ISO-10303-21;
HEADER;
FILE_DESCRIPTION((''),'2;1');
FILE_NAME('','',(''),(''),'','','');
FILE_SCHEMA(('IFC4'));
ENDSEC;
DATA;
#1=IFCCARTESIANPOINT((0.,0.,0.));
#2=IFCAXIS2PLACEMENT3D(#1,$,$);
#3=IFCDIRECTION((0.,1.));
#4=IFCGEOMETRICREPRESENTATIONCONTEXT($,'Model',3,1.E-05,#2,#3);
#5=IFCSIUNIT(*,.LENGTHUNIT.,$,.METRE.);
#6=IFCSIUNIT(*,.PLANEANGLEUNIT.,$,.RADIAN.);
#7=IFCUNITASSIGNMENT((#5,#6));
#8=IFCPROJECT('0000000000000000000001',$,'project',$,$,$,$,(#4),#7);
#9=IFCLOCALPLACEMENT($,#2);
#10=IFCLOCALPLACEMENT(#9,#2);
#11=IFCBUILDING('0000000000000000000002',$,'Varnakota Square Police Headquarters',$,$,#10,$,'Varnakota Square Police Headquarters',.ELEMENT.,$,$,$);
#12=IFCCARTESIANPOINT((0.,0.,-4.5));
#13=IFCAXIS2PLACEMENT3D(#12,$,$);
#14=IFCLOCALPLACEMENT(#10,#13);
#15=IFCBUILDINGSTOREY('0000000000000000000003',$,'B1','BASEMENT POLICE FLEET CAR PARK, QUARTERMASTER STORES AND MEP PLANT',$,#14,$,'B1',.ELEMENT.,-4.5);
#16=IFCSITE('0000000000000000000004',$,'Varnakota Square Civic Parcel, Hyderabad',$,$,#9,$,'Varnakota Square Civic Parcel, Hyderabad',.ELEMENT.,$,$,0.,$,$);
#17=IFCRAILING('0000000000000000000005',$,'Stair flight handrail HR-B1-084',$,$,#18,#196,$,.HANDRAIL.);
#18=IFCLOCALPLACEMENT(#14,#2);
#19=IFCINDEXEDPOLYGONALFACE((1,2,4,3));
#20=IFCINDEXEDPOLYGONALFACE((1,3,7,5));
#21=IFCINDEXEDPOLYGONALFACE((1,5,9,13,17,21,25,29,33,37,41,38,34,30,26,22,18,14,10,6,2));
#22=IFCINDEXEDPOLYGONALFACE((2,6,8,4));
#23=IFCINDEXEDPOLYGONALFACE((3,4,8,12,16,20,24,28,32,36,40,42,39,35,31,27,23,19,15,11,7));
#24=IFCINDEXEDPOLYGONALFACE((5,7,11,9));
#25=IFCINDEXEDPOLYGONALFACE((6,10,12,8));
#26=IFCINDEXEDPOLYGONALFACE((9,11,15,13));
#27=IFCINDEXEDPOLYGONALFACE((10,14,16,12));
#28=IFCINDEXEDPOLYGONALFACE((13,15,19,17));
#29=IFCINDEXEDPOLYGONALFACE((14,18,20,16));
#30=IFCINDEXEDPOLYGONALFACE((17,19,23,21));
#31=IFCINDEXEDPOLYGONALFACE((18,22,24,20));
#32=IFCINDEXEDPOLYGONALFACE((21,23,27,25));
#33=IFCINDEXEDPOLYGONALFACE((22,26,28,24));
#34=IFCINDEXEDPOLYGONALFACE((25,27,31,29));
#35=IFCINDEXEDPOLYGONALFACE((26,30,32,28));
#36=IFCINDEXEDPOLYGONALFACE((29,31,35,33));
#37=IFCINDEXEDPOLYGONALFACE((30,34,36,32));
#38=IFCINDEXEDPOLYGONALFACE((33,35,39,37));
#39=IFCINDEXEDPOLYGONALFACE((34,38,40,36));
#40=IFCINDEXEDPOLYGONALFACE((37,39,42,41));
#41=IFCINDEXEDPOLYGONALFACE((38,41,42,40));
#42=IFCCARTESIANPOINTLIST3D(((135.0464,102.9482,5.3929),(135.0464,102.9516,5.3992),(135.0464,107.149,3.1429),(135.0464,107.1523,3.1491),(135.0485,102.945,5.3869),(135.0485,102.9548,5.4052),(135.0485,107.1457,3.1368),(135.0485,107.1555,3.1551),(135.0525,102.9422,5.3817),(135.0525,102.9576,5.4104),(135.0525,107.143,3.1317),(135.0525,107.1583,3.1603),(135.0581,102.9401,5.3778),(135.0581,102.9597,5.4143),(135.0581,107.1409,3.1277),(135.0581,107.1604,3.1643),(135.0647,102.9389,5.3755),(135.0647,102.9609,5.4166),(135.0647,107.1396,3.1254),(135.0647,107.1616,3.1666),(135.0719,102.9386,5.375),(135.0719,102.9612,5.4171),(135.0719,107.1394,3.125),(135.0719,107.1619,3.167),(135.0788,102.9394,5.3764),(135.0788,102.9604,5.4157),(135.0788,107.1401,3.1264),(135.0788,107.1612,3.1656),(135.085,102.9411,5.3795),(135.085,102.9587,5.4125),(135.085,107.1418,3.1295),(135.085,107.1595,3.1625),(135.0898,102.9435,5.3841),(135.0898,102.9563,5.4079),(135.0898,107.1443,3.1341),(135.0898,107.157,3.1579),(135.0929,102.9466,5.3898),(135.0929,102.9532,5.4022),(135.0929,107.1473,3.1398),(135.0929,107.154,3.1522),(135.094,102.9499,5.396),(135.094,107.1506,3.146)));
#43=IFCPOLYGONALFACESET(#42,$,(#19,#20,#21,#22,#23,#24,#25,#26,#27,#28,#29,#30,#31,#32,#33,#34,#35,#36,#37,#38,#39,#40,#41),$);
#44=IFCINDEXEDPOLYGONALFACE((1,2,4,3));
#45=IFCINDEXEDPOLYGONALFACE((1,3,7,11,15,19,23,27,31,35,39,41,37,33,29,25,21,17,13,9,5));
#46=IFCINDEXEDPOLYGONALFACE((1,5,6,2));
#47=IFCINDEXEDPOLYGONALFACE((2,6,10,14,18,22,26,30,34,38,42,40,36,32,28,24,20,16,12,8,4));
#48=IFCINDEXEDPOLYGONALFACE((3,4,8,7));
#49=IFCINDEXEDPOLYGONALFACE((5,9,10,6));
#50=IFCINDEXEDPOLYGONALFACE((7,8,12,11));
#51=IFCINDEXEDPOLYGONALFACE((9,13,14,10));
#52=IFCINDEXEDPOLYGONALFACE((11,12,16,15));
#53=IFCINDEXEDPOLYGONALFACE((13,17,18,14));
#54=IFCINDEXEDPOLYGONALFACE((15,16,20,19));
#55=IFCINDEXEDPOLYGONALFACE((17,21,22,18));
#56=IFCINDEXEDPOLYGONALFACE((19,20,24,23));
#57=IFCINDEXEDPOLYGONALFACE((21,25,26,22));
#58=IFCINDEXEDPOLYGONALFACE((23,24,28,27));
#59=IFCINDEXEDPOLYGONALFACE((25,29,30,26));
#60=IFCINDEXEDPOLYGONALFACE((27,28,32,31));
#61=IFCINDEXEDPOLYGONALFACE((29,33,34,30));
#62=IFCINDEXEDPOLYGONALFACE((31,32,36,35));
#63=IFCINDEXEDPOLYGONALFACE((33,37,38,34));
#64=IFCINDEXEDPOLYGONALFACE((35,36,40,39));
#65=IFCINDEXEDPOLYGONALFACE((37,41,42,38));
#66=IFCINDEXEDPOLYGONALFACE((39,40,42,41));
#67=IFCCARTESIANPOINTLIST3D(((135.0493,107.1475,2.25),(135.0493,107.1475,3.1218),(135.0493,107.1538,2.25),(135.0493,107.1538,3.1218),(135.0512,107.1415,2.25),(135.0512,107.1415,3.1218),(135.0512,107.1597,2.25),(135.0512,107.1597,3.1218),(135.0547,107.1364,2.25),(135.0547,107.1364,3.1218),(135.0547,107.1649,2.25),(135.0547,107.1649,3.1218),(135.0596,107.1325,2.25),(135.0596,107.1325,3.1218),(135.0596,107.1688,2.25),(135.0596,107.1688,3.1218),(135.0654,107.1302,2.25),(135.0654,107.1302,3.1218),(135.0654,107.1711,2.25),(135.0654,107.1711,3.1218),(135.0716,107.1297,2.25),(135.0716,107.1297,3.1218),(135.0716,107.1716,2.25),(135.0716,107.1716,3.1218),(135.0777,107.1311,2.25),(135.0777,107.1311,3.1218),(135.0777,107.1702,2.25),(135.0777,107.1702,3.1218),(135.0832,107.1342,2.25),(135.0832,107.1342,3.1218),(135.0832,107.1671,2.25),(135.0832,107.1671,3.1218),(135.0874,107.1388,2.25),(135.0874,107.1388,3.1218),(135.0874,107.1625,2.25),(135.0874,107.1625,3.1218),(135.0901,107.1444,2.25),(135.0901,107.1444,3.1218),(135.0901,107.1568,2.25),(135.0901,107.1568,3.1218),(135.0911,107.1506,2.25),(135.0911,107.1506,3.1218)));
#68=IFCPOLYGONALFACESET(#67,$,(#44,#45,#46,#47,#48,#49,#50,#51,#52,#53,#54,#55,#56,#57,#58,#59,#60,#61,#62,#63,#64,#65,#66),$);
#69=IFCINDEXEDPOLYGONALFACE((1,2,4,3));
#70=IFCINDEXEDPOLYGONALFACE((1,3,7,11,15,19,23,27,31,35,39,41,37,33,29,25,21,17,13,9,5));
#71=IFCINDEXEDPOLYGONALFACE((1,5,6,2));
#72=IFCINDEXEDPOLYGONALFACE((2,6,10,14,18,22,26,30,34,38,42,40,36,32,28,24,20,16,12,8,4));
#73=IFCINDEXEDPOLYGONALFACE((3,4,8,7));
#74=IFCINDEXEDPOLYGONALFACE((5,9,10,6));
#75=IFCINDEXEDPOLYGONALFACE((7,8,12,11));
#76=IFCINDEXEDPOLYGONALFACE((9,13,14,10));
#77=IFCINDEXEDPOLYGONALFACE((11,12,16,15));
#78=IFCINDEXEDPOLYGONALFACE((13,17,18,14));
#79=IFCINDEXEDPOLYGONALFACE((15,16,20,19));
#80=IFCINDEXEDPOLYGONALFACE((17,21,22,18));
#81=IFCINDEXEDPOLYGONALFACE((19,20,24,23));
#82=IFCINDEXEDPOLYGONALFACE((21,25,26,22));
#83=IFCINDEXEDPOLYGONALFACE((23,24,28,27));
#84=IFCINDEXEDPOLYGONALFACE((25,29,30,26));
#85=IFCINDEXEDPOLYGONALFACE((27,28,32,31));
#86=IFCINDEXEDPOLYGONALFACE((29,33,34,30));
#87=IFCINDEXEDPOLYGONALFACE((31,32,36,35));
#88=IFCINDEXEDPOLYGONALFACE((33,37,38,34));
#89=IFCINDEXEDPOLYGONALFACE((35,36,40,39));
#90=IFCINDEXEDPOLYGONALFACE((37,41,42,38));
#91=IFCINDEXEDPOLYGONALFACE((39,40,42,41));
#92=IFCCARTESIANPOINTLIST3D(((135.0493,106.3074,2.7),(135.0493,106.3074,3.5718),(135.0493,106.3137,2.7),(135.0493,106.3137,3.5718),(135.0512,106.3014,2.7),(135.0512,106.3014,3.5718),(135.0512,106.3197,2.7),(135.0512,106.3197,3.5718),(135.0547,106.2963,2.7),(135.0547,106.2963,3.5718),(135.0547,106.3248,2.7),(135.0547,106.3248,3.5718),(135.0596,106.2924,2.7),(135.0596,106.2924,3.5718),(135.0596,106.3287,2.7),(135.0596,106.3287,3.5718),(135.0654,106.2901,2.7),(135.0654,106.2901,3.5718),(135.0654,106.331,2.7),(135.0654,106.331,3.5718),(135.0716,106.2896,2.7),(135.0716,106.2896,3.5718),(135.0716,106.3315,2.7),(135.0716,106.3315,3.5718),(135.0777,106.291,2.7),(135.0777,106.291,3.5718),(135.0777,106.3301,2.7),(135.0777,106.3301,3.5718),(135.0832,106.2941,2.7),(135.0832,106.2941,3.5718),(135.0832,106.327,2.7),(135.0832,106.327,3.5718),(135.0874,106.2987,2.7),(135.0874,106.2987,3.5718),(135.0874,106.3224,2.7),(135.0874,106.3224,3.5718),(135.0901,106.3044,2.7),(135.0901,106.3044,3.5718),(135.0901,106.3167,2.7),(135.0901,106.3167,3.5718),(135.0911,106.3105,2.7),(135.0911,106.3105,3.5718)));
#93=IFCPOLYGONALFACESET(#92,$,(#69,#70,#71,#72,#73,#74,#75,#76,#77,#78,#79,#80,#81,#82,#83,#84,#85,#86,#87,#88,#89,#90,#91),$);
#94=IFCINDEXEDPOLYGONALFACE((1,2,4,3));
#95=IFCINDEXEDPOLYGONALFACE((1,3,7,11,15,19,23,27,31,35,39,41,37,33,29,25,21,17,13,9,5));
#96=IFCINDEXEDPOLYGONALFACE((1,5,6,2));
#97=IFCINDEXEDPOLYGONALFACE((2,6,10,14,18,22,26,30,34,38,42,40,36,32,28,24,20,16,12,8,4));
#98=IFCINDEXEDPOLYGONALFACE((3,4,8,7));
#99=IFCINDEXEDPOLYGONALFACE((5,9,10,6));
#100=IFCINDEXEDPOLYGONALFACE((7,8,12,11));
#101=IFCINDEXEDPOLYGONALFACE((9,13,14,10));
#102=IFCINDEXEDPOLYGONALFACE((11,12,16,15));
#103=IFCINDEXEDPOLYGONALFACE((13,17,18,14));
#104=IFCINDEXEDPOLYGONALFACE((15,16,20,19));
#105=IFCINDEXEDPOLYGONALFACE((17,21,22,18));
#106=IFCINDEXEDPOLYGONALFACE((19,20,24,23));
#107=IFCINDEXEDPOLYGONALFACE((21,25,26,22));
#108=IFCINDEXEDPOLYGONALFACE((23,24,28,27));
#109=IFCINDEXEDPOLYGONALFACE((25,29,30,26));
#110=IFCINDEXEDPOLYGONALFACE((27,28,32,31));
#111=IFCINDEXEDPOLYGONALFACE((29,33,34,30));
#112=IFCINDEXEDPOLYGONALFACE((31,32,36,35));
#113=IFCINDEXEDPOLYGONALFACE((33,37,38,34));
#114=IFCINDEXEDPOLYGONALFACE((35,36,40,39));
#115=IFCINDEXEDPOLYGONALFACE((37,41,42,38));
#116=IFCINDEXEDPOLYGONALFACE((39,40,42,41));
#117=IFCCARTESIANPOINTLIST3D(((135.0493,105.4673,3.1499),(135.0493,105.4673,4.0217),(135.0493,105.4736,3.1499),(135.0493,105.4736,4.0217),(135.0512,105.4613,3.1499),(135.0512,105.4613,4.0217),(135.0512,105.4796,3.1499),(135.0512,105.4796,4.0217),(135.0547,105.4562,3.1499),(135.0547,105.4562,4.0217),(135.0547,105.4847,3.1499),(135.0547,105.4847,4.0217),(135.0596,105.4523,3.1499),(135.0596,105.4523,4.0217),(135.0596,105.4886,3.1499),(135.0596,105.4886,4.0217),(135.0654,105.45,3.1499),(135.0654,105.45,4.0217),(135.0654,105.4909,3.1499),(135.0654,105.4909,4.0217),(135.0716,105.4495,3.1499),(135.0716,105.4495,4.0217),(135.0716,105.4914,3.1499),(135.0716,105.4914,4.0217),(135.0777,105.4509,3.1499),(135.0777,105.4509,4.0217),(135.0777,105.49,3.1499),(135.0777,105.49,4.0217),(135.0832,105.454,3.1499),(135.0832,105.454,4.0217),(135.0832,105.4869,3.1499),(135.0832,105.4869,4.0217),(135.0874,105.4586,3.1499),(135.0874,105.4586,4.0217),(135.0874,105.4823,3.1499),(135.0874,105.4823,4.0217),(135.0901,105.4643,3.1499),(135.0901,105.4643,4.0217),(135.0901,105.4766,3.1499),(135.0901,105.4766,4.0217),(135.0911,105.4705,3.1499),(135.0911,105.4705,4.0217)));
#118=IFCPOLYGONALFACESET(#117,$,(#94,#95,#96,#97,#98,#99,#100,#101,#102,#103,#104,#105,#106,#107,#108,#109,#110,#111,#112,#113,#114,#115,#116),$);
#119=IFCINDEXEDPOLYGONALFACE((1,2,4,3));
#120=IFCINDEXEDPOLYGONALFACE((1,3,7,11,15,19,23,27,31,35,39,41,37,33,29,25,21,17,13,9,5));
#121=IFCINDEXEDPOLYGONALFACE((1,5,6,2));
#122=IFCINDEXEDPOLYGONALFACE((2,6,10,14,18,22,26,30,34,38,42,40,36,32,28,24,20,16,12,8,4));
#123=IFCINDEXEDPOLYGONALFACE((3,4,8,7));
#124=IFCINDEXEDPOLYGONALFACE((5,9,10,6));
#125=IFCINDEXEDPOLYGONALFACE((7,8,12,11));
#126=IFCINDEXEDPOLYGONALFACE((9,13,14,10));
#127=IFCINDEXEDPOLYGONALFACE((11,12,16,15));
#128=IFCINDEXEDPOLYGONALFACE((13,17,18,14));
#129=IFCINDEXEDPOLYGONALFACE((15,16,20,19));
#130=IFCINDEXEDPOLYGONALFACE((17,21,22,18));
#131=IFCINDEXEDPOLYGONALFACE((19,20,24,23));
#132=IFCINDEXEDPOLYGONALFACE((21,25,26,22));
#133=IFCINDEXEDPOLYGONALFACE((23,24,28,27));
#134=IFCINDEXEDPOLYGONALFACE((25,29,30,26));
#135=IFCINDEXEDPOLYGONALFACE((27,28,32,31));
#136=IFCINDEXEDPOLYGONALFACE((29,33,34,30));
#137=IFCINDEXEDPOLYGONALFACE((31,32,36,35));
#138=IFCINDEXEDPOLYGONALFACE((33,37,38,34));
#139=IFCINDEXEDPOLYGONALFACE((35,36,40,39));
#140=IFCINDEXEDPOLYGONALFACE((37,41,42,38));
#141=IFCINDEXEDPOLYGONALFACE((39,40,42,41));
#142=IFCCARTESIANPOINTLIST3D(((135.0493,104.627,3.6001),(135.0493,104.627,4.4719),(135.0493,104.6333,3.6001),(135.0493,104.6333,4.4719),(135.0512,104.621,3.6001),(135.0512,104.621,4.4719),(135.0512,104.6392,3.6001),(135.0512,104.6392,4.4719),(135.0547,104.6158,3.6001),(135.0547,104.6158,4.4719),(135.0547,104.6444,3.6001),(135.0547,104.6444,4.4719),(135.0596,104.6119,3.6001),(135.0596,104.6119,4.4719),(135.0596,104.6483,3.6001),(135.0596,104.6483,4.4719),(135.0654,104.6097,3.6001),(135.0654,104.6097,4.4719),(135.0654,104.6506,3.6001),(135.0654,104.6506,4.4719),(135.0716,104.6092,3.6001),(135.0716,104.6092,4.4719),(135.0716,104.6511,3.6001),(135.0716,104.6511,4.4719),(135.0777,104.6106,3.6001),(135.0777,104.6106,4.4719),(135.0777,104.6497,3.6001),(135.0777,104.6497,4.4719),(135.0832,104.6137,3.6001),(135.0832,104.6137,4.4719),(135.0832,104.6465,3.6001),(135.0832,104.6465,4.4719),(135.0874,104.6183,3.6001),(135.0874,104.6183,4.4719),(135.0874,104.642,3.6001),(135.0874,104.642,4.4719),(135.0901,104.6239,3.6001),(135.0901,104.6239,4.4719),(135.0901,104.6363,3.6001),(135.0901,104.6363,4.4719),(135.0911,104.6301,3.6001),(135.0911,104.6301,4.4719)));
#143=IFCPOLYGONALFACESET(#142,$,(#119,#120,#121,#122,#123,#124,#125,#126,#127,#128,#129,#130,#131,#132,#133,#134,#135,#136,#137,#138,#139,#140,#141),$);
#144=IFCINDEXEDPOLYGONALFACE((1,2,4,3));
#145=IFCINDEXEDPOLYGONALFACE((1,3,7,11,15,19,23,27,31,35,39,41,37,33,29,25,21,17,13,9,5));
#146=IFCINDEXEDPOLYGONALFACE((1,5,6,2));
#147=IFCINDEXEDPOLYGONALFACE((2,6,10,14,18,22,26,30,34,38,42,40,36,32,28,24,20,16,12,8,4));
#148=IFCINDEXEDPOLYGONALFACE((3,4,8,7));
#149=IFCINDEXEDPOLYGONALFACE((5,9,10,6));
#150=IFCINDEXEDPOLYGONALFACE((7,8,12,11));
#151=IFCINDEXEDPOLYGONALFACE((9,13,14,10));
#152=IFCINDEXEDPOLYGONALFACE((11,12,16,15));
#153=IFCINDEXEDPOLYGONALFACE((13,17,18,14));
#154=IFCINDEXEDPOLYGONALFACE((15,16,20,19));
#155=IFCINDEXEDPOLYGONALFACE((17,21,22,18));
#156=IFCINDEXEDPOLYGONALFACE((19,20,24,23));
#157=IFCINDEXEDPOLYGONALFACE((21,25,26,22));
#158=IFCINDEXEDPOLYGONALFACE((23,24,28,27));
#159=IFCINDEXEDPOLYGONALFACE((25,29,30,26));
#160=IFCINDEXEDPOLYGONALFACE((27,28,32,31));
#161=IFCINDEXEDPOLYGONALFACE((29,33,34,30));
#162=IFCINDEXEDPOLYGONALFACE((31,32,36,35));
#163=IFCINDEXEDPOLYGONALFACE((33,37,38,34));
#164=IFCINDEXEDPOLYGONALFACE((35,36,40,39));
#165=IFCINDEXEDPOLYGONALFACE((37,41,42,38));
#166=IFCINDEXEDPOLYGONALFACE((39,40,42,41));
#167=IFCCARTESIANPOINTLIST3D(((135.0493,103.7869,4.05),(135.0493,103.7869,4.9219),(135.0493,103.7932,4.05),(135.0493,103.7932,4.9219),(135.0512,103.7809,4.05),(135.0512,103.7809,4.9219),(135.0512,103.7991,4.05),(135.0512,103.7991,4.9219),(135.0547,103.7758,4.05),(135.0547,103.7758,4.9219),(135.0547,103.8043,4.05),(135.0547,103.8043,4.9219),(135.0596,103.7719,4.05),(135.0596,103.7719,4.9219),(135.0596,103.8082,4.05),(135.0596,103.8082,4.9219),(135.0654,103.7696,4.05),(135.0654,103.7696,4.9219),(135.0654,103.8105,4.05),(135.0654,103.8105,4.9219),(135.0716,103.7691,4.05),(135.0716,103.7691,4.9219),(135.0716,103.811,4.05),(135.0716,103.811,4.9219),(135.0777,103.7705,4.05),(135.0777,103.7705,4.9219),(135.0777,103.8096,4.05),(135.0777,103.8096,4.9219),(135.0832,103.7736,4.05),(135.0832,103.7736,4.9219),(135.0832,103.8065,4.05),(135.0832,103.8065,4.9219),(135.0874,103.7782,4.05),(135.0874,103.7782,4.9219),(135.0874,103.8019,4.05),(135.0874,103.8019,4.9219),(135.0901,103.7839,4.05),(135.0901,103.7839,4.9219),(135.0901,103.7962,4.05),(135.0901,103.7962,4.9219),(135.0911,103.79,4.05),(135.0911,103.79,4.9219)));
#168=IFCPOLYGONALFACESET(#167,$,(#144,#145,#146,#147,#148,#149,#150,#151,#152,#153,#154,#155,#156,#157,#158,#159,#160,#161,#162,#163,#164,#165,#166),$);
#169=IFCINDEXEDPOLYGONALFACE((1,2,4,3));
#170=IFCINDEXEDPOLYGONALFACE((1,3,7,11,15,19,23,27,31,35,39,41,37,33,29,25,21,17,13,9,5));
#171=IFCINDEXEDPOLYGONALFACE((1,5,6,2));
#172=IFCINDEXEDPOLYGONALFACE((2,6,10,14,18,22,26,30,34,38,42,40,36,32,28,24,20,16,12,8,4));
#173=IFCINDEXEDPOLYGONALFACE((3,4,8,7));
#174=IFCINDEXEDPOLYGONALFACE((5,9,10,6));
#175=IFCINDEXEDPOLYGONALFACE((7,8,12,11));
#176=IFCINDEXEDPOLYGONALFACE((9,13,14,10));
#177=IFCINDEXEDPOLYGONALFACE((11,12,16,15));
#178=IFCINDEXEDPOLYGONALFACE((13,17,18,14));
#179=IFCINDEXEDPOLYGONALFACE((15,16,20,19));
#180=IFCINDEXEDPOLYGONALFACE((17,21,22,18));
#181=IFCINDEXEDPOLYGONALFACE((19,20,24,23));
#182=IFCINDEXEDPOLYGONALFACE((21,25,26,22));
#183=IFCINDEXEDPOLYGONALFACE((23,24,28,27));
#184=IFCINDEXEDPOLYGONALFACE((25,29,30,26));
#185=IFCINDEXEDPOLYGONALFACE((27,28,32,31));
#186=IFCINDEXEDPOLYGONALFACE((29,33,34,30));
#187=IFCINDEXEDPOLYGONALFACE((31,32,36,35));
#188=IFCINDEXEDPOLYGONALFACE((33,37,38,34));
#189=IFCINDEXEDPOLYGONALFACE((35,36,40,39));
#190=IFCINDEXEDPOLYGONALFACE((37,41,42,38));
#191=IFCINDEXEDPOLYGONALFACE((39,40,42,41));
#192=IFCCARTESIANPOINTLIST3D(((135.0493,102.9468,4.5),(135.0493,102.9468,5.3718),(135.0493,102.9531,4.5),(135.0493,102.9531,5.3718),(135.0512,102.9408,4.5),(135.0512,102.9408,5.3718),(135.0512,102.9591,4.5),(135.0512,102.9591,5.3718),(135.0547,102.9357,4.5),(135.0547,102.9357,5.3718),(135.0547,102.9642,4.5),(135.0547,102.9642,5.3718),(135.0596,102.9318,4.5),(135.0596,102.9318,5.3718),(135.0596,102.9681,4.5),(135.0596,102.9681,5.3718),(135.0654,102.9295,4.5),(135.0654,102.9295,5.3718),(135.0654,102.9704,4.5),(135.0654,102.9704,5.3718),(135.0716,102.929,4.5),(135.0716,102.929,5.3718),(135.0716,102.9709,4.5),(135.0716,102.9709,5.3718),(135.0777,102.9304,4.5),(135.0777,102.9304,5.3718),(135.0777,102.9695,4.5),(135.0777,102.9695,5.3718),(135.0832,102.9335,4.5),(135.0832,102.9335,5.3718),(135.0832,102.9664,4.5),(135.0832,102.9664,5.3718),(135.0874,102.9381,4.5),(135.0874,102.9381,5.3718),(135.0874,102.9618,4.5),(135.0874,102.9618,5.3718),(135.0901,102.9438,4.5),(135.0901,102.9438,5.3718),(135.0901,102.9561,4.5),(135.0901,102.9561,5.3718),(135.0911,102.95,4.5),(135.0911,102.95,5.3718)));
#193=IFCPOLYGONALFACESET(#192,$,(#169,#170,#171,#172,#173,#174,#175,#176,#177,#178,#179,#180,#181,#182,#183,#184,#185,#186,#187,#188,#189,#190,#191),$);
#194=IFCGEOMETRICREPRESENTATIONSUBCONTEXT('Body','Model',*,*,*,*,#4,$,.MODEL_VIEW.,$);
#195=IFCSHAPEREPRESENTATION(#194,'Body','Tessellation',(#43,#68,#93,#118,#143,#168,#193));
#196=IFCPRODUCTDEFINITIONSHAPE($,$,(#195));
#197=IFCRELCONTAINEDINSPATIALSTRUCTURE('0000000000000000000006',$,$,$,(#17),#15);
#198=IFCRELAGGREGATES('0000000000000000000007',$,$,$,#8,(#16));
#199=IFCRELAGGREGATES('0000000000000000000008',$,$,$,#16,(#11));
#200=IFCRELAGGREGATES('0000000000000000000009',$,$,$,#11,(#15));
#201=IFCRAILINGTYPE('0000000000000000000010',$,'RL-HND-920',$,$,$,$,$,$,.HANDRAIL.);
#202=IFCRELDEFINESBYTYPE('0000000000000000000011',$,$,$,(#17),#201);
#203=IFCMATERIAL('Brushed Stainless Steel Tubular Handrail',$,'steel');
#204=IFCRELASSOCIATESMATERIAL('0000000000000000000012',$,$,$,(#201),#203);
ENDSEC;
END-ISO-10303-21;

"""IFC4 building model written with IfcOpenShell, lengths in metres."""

from ifc_helpers import new_model, si_unit, direction, frame, origin, origin_2d, place, context, subcontext, project, spatial, circle, extrude, material, type_object, element, save


model = new_model("IFC4")

# Units and contexts
model_context = context("Model", 3, precision=1e-05, world=origin(), true_north=direction((0.0, 1.0)))
body_context = subcontext(model_context, "Body", "Model", "MODEL_VIEW")
ifc_project = project(units=[si_unit("LENGTHUNIT", "METRE"), si_unit("PLANEANGLEUNIT", "RADIAN")], contexts=[model_context])

# Site, building, storey
site_placement = place(None, origin())
site = spatial("IfcSite", under=ifc_project, at=site_placement, Name="Varnakota Square Civic Parcel, Hyderabad", LongName="Varnakota Square Civic Parcel, Hyderabad", CompositionType="ELEMENT", RefElevation=0.0)
building_placement = place(site_placement, origin())
building = spatial("IfcBuilding", under=site, at=building_placement, Name="Varnakota Square Police Headquarters", LongName="Varnakota Square Police Headquarters", CompositionType="ELEMENT")
storey_placement = place(building_placement, frame((0.0, 0.0, -4.5)))
storey = spatial("IfcBuildingStorey", under=building, at=storey_placement, Name="B1", Description="BASEMENT POLICE FLEET CAR PARK, QUARTERMASTER STORES AND MEP PLANT", LongName="B1", CompositionType="ELEMENT", Elevation=-4.5)

# Railing
ifc_material_1 = material(Name="Brushed Stainless Steel Tubular Handrail", Category="steel")
railing_type_1 = type_object("IfcRailingType", Name="RL-HND-920", PredefinedType="HANDRAIL", material=ifc_material_1)
railing_1_placement = place(storey_placement, frame((135.0701, 107.1506, 2.25)))
element("IfcRailing", 1, at=railing_1_placement, inside=storey, type_object=railing_type_1, Name="Stair flight handrail HR-B1-084", PredefinedType="HANDRAIL", context=body_context, shape_type="SweptSolid", body=[
    extrude(circle(Radius=0.0239, at=origin_2d()), frame((0.0, 0.0, 0.896), z_axis=(0.0, -0.881512, 0.472162), x_axis=(1.0, 0.0, 0.0)), (0.0, 0.0, 1.0), 4.7654),
    extrude(circle(Radius=0.021, at=origin_2d()), origin(), (0.0, 0.0, 1.0), 0.8718),
    extrude(circle(Radius=0.021, at=origin_2d()), frame((0.0, -0.8401, 0.45)), (0.0, 0.0, 1.0), 0.8718),
    extrude(circle(Radius=0.021, at=origin_2d()), frame((0.0, -1.6802, 0.8999)), (0.0, 0.0, 1.0), 0.8718),
    extrude(circle(Radius=0.021, at=origin_2d()), frame((0.0, -2.5205, 1.3501)), (0.0, 0.0, 1.0), 0.8718),
    extrude(circle(Radius=0.021, at=origin_2d()), frame((0.0, -3.3606, 1.8)), (0.0, 0.0, 1.0), 0.8718),
    extrude(circle(Radius=0.021, at=origin_2d()), frame((0.0, -4.2007, 2.25)), (0.0, 0.0, 1.0), 0.8718),
])

save(model, "model.ifc")
